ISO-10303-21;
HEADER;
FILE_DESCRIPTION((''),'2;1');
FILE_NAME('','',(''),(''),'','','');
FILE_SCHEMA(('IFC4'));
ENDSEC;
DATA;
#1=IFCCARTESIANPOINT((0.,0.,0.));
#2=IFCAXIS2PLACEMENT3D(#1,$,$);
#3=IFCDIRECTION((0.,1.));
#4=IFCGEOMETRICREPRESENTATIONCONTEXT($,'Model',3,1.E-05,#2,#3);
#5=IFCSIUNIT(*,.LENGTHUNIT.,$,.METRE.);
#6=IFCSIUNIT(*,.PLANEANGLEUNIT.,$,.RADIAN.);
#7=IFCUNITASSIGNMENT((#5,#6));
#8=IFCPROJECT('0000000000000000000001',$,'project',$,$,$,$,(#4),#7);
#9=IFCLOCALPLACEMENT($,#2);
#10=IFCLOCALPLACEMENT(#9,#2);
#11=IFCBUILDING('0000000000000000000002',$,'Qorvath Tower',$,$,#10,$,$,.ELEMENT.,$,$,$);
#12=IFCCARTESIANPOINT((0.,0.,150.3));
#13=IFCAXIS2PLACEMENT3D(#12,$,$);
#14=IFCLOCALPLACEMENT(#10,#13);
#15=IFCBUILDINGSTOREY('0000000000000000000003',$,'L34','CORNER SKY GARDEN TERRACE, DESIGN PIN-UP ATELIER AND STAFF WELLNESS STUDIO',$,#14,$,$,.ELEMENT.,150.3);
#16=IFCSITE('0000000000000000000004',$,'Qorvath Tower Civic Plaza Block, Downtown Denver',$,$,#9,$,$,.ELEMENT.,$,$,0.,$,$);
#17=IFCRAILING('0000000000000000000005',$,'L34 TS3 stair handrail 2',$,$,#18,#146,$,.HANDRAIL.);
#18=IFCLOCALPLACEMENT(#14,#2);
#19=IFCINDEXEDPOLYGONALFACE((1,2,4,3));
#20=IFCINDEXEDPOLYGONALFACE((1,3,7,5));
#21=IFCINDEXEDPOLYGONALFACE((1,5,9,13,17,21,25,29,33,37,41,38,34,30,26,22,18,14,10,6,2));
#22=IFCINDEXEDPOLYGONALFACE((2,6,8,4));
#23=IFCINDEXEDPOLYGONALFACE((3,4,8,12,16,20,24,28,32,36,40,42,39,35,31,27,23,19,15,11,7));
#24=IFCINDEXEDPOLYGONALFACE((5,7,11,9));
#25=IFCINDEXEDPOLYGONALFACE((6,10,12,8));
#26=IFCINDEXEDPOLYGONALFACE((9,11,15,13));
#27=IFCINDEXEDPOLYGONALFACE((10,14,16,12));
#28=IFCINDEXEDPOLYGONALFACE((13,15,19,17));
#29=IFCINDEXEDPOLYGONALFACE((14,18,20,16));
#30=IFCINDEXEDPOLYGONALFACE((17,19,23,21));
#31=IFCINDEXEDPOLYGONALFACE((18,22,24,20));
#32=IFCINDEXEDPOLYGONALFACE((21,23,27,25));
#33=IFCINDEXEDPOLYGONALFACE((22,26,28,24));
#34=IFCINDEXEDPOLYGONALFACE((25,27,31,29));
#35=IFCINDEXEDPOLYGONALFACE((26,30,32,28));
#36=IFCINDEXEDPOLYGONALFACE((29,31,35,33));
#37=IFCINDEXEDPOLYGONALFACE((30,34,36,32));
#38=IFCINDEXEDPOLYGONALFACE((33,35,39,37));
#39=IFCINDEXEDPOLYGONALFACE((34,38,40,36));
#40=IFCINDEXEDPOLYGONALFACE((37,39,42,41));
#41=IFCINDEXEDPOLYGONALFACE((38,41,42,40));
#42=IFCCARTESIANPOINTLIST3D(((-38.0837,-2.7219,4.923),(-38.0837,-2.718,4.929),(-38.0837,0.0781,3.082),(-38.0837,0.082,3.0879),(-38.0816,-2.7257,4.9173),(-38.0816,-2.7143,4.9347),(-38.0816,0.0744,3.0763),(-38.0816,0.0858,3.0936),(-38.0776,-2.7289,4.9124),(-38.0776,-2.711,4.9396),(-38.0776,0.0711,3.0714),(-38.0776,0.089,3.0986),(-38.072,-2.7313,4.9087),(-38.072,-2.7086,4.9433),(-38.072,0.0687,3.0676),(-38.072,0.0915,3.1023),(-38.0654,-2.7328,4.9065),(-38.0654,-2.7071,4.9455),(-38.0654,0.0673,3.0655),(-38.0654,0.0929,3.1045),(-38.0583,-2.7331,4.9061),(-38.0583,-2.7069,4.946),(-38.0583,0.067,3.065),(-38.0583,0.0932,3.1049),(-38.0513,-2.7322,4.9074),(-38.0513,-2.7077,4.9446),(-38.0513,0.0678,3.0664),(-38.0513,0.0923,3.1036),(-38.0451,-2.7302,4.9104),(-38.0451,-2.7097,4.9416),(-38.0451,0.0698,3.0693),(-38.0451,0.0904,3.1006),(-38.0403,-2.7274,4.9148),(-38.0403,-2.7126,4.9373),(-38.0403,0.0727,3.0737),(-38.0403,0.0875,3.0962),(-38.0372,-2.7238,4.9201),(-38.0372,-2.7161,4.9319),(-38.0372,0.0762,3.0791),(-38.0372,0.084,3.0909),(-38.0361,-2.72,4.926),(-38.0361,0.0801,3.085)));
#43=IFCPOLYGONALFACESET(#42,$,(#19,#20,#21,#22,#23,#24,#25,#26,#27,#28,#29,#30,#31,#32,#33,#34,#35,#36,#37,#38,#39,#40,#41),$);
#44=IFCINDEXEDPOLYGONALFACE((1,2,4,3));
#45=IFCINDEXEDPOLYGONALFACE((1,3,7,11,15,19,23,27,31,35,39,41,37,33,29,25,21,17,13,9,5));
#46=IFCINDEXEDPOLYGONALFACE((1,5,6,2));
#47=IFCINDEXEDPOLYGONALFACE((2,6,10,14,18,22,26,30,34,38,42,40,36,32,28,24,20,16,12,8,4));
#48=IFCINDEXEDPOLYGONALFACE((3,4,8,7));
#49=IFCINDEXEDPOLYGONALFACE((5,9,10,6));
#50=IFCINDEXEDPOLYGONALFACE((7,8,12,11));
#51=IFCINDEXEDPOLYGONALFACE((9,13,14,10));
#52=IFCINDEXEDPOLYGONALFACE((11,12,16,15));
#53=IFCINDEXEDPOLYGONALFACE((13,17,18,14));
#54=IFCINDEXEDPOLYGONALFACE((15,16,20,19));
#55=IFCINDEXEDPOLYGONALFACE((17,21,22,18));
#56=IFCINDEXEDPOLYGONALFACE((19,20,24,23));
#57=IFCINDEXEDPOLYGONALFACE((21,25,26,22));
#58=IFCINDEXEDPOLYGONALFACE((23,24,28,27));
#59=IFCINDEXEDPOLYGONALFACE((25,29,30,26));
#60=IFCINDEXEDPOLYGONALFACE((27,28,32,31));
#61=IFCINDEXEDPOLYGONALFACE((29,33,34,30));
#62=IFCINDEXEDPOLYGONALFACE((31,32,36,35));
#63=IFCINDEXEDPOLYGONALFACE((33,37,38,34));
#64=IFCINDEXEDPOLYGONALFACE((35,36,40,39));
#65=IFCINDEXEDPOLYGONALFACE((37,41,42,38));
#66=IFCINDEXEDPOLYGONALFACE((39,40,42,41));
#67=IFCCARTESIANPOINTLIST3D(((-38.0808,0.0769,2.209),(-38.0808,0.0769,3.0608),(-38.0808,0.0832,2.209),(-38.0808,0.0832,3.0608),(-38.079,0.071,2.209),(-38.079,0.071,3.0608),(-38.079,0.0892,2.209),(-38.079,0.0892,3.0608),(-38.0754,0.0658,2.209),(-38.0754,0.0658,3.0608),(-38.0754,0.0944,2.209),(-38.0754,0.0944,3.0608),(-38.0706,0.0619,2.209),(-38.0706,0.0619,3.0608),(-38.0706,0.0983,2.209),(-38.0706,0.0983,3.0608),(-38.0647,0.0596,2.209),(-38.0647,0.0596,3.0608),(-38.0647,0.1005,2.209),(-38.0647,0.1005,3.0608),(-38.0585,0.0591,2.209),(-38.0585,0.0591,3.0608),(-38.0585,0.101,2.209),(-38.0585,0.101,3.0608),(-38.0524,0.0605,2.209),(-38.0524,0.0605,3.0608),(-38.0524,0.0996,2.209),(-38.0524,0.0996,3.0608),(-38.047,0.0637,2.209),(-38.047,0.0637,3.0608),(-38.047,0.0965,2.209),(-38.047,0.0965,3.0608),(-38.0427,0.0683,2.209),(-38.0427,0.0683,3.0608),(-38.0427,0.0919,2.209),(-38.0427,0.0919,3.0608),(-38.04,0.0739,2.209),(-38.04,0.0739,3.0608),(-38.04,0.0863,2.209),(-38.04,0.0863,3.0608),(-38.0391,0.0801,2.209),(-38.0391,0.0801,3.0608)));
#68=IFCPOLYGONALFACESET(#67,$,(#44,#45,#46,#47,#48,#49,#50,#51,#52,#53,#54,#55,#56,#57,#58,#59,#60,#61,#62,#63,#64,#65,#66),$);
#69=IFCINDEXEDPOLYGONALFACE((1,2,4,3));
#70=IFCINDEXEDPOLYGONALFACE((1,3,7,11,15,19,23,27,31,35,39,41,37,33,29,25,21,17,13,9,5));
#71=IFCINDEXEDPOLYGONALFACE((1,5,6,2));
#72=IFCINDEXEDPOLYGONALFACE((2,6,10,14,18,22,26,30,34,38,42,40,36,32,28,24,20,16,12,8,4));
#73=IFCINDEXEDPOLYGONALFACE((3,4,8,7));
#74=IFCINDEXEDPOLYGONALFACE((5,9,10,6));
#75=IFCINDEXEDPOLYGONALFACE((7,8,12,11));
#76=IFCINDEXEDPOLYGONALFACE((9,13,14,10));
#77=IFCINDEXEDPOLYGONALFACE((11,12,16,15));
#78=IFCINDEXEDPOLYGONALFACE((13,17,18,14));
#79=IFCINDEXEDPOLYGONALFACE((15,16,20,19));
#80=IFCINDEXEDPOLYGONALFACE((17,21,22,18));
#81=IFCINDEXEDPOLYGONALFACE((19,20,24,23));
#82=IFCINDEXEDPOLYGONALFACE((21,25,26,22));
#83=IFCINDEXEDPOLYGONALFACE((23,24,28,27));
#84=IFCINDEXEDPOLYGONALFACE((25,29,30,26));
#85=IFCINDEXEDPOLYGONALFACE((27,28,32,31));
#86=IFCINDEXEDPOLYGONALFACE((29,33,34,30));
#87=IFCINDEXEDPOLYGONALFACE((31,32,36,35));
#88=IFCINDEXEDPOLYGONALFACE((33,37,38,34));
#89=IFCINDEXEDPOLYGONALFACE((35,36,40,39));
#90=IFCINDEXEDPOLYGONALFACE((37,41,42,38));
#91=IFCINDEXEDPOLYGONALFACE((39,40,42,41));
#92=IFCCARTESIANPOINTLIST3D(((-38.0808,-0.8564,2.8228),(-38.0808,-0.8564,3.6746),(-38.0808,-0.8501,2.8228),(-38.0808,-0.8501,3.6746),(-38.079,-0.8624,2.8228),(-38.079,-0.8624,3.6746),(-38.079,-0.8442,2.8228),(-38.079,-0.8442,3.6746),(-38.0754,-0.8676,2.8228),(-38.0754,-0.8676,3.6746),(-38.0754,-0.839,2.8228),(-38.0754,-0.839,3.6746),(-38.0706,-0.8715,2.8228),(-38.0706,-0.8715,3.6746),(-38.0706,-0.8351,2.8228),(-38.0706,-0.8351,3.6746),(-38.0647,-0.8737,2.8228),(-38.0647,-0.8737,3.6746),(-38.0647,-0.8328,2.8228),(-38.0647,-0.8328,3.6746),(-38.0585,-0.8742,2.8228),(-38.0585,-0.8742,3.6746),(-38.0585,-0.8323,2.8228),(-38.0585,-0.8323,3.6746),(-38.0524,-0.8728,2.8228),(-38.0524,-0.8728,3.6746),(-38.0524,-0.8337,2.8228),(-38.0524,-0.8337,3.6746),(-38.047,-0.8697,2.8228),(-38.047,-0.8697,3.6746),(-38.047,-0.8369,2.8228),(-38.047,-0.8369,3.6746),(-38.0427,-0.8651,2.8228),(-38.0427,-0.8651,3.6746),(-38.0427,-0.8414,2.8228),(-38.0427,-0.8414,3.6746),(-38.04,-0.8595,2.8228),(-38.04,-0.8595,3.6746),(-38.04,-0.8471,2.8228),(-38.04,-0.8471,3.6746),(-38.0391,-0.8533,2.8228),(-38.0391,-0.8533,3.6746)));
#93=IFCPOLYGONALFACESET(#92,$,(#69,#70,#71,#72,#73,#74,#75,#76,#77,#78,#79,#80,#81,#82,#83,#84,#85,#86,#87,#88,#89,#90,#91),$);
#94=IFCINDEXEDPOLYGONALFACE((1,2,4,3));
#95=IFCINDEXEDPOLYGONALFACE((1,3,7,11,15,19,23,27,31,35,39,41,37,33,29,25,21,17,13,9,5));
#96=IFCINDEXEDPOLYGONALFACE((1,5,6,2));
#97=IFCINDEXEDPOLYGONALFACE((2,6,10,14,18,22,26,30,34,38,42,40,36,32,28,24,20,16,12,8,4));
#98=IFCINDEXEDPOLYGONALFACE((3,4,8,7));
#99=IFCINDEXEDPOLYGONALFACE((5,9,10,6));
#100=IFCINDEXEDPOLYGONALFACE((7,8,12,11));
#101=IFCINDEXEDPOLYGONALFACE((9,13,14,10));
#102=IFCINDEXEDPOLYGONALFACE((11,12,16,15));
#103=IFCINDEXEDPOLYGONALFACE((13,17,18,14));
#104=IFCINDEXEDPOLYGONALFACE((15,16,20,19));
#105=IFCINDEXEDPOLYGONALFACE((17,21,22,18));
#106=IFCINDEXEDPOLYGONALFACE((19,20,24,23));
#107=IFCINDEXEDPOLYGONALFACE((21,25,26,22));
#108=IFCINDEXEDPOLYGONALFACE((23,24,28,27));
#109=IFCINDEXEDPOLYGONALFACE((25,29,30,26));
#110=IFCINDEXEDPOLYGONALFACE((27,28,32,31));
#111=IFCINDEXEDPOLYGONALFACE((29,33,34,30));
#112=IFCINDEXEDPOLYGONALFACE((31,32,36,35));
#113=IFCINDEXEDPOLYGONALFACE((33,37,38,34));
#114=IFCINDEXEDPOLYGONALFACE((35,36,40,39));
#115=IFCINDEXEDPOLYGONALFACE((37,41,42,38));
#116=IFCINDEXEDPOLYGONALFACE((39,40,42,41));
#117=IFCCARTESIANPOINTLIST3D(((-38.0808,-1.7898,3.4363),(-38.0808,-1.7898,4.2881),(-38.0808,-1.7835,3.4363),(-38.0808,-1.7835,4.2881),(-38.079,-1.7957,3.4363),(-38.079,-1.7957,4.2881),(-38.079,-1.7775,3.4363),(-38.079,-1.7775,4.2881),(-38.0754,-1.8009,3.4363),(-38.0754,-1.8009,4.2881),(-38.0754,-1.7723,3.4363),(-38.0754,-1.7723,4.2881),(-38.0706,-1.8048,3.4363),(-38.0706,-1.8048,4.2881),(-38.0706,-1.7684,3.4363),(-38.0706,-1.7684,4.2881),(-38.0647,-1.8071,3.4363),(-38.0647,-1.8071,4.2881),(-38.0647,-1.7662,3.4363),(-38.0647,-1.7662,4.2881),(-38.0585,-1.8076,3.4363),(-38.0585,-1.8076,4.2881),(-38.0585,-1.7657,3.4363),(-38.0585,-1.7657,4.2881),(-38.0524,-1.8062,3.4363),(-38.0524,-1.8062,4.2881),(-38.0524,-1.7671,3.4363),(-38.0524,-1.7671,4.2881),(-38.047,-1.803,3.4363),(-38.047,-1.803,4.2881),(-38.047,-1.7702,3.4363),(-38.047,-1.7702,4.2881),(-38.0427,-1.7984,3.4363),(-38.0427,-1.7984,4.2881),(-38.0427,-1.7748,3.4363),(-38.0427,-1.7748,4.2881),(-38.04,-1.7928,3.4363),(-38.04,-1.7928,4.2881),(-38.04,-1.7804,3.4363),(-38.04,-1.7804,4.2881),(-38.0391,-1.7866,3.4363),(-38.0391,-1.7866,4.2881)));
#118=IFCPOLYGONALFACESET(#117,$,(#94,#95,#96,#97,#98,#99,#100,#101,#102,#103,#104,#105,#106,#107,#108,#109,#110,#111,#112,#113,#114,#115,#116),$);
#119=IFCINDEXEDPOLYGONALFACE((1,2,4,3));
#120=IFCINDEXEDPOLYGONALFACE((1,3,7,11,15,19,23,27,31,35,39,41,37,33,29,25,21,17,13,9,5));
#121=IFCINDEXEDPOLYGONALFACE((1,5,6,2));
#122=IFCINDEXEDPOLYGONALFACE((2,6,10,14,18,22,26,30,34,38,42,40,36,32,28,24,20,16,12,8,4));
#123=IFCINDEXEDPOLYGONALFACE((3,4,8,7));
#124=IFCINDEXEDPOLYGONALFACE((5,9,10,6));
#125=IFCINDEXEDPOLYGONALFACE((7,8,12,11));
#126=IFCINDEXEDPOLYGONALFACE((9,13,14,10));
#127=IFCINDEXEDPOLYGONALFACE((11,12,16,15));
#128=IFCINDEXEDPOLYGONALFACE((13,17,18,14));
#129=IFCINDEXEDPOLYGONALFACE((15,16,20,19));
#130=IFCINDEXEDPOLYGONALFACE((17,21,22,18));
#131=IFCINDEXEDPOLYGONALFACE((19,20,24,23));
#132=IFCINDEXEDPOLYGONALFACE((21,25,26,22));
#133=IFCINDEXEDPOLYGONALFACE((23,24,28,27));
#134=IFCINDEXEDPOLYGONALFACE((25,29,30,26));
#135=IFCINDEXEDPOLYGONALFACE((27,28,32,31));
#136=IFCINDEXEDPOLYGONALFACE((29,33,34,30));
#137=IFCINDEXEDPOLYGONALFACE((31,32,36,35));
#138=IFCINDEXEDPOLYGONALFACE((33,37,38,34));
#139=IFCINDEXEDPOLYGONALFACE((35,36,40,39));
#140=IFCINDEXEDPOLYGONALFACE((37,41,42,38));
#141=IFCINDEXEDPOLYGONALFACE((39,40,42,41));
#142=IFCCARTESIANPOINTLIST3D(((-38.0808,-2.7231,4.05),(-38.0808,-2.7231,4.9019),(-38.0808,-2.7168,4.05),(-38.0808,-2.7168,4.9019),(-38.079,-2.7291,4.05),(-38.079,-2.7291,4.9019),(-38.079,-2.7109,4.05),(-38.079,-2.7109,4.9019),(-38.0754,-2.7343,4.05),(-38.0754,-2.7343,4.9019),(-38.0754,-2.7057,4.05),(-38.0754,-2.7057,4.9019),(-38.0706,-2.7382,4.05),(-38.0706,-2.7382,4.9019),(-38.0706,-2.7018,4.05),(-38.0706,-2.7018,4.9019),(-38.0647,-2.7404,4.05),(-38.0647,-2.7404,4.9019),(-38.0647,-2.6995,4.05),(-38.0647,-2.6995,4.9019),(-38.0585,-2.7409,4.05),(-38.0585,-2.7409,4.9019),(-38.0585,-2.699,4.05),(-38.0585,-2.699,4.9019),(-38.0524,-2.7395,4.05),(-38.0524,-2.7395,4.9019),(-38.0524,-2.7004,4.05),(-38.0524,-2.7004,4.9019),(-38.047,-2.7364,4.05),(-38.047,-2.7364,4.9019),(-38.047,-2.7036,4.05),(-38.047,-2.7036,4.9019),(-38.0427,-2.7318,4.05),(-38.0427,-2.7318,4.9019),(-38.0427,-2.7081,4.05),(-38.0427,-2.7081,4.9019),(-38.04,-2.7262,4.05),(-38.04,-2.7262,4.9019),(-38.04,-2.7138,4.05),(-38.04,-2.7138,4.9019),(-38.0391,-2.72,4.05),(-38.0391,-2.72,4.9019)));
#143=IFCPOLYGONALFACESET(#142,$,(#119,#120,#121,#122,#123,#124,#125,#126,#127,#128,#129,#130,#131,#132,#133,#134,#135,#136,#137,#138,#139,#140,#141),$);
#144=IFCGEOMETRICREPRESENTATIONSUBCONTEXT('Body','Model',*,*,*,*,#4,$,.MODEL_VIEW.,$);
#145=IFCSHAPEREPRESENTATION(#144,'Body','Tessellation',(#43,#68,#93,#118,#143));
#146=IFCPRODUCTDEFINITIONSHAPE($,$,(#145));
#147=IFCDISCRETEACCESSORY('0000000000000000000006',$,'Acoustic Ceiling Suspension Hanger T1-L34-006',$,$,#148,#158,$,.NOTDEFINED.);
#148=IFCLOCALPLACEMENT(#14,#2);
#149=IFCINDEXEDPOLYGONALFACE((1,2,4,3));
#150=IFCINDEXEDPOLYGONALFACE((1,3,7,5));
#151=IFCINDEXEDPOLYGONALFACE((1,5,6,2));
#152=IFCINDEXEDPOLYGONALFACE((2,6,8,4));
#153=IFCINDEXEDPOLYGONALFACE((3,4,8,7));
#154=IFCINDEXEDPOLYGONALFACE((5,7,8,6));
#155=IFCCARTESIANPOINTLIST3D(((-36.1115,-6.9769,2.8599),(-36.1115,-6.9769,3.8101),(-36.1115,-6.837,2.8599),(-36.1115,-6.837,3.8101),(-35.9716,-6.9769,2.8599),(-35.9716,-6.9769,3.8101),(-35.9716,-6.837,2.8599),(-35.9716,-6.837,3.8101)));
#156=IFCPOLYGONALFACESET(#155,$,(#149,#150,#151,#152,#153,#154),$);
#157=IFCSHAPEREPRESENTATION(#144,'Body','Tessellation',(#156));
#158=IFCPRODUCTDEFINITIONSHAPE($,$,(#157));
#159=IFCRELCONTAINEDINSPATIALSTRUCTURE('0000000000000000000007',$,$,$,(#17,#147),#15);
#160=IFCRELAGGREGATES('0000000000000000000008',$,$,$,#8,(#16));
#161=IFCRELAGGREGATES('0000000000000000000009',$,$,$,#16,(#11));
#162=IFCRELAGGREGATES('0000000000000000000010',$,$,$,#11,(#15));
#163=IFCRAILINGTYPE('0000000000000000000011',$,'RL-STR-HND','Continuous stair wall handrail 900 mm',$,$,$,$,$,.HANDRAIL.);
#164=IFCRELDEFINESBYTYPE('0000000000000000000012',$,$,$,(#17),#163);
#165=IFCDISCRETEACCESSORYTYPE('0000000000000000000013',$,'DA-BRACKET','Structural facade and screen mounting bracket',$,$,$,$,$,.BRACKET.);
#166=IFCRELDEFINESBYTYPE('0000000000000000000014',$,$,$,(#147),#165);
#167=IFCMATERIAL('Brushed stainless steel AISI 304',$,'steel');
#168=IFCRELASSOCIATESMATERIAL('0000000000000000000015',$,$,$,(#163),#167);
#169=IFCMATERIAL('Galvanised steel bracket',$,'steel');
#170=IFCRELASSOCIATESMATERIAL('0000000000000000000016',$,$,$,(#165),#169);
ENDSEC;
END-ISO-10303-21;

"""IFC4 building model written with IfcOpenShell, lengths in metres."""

from ifc_helpers import new_model, si_unit, direction, frame, origin, origin_2d, place, context, subcontext, project, spatial, rectangle, circle, extrude, material, type_object, element, save


model = new_model("IFC4")

# Units and contexts
model_context = context("Model", 3, precision=1e-05, world=origin(), true_north=direction((0.0, 1.0)))
body_context = subcontext(model_context, "Body", "Model", "MODEL_VIEW")
ifc_project = project(units=[si_unit("LENGTHUNIT", "METRE"), si_unit("PLANEANGLEUNIT", "RADIAN")], contexts=[model_context])

# Site, building, storey
site_placement = place(None, origin())
site = spatial("IfcSite", under=ifc_project, at=site_placement, Name="Qorvath Tower Civic Plaza Block, Downtown Denver", CompositionType="ELEMENT", RefElevation=0.0)
building_placement = place(site_placement, origin())
building = spatial("IfcBuilding", under=site, at=building_placement, Name="Qorvath Tower", CompositionType="ELEMENT")
storey_placement = place(building_placement, frame((0.0, 0.0, 150.3)))
storey = spatial("IfcBuildingStorey", under=building, at=storey_placement, Name="L34", Description="CORNER SKY GARDEN TERRACE, DESIGN PIN-UP ATELIER AND STAFF WELLNESS STUDIO", CompositionType="ELEMENT", Elevation=150.3)

# Railing
ifc_material_1 = material(Name="Brushed stainless steel AISI 304", Category="steel")
railing_type_1 = type_object("IfcRailingType", Name="RL-STR-HND", Description="Continuous stair wall handrail 900 mm", PredefinedType="HANDRAIL", material=ifc_material_1)
railing_1_placement = place(storey_placement, frame((-38.0601, 0.0801, 2.209)))
element("IfcRailing", 1, at=railing_1_placement, inside=storey, type_object=railing_type_1, Name="L34 TS3 stair handrail 2", PredefinedType="HANDRAIL", context=body_context, shape_type="SweptSolid", body=[
    extrude(circle(Radius=0.0239, at=origin_2d()), frame((0.0, 0.0, 0.876), z_axis=(0.0, -0.835564, 0.549393), x_axis=(1.0, 0.0, 0.0)), (0.0, 0.0, 1.0), 3.3511),
    extrude(circle(Radius=0.021, at=origin_2d()), origin(), (0.0, 0.0, 1.0), 0.8518),
    extrude(circle(Radius=0.021, at=origin_2d()), frame((0.0, -0.9333, 0.6138)), (0.0, 0.0, 1.0), 0.8518),
    extrude(circle(Radius=0.021, at=origin_2d()), frame((0.0, -1.8667, 1.2273)), (0.0, 0.0, 1.0), 0.8518),
    extrude(circle(Radius=0.021, at=origin_2d()), frame((0.0, -2.8, 1.8411)), (0.0, 0.0, 1.0), 0.8518),
])

# Discrete accessory
ifc_material_2 = material(Name="Galvanised steel bracket", Category="steel")
discrete_accessory_type = type_object("IfcDiscreteAccessoryType", Name="DA-BRACKET", Description="Structural facade and screen mounting bracket", PredefinedType="BRACKET", material=ifc_material_2)
discrete_accessory_placement = place(storey_placement, frame((-36.0415, -6.907, 2.8599), z_axis=(0.0, 0.0, 1.0), x_axis=(1.0, 0.0, 0.0)))
element("IfcDiscreteAccessory", 2, at=discrete_accessory_placement, inside=storey, type_object=discrete_accessory_type, Name="Acoustic Ceiling Suspension Hanger T1-L34-006", PredefinedType="NOTDEFINED", context=body_context, shape_type="SweptSolid", body=[
    extrude(rectangle(XDim=0.1399, YDim=0.1399, at=origin_2d()), origin(), (0.0, 0.0, 1.0), 0.9502),
])

save(model, "model.ifc")
